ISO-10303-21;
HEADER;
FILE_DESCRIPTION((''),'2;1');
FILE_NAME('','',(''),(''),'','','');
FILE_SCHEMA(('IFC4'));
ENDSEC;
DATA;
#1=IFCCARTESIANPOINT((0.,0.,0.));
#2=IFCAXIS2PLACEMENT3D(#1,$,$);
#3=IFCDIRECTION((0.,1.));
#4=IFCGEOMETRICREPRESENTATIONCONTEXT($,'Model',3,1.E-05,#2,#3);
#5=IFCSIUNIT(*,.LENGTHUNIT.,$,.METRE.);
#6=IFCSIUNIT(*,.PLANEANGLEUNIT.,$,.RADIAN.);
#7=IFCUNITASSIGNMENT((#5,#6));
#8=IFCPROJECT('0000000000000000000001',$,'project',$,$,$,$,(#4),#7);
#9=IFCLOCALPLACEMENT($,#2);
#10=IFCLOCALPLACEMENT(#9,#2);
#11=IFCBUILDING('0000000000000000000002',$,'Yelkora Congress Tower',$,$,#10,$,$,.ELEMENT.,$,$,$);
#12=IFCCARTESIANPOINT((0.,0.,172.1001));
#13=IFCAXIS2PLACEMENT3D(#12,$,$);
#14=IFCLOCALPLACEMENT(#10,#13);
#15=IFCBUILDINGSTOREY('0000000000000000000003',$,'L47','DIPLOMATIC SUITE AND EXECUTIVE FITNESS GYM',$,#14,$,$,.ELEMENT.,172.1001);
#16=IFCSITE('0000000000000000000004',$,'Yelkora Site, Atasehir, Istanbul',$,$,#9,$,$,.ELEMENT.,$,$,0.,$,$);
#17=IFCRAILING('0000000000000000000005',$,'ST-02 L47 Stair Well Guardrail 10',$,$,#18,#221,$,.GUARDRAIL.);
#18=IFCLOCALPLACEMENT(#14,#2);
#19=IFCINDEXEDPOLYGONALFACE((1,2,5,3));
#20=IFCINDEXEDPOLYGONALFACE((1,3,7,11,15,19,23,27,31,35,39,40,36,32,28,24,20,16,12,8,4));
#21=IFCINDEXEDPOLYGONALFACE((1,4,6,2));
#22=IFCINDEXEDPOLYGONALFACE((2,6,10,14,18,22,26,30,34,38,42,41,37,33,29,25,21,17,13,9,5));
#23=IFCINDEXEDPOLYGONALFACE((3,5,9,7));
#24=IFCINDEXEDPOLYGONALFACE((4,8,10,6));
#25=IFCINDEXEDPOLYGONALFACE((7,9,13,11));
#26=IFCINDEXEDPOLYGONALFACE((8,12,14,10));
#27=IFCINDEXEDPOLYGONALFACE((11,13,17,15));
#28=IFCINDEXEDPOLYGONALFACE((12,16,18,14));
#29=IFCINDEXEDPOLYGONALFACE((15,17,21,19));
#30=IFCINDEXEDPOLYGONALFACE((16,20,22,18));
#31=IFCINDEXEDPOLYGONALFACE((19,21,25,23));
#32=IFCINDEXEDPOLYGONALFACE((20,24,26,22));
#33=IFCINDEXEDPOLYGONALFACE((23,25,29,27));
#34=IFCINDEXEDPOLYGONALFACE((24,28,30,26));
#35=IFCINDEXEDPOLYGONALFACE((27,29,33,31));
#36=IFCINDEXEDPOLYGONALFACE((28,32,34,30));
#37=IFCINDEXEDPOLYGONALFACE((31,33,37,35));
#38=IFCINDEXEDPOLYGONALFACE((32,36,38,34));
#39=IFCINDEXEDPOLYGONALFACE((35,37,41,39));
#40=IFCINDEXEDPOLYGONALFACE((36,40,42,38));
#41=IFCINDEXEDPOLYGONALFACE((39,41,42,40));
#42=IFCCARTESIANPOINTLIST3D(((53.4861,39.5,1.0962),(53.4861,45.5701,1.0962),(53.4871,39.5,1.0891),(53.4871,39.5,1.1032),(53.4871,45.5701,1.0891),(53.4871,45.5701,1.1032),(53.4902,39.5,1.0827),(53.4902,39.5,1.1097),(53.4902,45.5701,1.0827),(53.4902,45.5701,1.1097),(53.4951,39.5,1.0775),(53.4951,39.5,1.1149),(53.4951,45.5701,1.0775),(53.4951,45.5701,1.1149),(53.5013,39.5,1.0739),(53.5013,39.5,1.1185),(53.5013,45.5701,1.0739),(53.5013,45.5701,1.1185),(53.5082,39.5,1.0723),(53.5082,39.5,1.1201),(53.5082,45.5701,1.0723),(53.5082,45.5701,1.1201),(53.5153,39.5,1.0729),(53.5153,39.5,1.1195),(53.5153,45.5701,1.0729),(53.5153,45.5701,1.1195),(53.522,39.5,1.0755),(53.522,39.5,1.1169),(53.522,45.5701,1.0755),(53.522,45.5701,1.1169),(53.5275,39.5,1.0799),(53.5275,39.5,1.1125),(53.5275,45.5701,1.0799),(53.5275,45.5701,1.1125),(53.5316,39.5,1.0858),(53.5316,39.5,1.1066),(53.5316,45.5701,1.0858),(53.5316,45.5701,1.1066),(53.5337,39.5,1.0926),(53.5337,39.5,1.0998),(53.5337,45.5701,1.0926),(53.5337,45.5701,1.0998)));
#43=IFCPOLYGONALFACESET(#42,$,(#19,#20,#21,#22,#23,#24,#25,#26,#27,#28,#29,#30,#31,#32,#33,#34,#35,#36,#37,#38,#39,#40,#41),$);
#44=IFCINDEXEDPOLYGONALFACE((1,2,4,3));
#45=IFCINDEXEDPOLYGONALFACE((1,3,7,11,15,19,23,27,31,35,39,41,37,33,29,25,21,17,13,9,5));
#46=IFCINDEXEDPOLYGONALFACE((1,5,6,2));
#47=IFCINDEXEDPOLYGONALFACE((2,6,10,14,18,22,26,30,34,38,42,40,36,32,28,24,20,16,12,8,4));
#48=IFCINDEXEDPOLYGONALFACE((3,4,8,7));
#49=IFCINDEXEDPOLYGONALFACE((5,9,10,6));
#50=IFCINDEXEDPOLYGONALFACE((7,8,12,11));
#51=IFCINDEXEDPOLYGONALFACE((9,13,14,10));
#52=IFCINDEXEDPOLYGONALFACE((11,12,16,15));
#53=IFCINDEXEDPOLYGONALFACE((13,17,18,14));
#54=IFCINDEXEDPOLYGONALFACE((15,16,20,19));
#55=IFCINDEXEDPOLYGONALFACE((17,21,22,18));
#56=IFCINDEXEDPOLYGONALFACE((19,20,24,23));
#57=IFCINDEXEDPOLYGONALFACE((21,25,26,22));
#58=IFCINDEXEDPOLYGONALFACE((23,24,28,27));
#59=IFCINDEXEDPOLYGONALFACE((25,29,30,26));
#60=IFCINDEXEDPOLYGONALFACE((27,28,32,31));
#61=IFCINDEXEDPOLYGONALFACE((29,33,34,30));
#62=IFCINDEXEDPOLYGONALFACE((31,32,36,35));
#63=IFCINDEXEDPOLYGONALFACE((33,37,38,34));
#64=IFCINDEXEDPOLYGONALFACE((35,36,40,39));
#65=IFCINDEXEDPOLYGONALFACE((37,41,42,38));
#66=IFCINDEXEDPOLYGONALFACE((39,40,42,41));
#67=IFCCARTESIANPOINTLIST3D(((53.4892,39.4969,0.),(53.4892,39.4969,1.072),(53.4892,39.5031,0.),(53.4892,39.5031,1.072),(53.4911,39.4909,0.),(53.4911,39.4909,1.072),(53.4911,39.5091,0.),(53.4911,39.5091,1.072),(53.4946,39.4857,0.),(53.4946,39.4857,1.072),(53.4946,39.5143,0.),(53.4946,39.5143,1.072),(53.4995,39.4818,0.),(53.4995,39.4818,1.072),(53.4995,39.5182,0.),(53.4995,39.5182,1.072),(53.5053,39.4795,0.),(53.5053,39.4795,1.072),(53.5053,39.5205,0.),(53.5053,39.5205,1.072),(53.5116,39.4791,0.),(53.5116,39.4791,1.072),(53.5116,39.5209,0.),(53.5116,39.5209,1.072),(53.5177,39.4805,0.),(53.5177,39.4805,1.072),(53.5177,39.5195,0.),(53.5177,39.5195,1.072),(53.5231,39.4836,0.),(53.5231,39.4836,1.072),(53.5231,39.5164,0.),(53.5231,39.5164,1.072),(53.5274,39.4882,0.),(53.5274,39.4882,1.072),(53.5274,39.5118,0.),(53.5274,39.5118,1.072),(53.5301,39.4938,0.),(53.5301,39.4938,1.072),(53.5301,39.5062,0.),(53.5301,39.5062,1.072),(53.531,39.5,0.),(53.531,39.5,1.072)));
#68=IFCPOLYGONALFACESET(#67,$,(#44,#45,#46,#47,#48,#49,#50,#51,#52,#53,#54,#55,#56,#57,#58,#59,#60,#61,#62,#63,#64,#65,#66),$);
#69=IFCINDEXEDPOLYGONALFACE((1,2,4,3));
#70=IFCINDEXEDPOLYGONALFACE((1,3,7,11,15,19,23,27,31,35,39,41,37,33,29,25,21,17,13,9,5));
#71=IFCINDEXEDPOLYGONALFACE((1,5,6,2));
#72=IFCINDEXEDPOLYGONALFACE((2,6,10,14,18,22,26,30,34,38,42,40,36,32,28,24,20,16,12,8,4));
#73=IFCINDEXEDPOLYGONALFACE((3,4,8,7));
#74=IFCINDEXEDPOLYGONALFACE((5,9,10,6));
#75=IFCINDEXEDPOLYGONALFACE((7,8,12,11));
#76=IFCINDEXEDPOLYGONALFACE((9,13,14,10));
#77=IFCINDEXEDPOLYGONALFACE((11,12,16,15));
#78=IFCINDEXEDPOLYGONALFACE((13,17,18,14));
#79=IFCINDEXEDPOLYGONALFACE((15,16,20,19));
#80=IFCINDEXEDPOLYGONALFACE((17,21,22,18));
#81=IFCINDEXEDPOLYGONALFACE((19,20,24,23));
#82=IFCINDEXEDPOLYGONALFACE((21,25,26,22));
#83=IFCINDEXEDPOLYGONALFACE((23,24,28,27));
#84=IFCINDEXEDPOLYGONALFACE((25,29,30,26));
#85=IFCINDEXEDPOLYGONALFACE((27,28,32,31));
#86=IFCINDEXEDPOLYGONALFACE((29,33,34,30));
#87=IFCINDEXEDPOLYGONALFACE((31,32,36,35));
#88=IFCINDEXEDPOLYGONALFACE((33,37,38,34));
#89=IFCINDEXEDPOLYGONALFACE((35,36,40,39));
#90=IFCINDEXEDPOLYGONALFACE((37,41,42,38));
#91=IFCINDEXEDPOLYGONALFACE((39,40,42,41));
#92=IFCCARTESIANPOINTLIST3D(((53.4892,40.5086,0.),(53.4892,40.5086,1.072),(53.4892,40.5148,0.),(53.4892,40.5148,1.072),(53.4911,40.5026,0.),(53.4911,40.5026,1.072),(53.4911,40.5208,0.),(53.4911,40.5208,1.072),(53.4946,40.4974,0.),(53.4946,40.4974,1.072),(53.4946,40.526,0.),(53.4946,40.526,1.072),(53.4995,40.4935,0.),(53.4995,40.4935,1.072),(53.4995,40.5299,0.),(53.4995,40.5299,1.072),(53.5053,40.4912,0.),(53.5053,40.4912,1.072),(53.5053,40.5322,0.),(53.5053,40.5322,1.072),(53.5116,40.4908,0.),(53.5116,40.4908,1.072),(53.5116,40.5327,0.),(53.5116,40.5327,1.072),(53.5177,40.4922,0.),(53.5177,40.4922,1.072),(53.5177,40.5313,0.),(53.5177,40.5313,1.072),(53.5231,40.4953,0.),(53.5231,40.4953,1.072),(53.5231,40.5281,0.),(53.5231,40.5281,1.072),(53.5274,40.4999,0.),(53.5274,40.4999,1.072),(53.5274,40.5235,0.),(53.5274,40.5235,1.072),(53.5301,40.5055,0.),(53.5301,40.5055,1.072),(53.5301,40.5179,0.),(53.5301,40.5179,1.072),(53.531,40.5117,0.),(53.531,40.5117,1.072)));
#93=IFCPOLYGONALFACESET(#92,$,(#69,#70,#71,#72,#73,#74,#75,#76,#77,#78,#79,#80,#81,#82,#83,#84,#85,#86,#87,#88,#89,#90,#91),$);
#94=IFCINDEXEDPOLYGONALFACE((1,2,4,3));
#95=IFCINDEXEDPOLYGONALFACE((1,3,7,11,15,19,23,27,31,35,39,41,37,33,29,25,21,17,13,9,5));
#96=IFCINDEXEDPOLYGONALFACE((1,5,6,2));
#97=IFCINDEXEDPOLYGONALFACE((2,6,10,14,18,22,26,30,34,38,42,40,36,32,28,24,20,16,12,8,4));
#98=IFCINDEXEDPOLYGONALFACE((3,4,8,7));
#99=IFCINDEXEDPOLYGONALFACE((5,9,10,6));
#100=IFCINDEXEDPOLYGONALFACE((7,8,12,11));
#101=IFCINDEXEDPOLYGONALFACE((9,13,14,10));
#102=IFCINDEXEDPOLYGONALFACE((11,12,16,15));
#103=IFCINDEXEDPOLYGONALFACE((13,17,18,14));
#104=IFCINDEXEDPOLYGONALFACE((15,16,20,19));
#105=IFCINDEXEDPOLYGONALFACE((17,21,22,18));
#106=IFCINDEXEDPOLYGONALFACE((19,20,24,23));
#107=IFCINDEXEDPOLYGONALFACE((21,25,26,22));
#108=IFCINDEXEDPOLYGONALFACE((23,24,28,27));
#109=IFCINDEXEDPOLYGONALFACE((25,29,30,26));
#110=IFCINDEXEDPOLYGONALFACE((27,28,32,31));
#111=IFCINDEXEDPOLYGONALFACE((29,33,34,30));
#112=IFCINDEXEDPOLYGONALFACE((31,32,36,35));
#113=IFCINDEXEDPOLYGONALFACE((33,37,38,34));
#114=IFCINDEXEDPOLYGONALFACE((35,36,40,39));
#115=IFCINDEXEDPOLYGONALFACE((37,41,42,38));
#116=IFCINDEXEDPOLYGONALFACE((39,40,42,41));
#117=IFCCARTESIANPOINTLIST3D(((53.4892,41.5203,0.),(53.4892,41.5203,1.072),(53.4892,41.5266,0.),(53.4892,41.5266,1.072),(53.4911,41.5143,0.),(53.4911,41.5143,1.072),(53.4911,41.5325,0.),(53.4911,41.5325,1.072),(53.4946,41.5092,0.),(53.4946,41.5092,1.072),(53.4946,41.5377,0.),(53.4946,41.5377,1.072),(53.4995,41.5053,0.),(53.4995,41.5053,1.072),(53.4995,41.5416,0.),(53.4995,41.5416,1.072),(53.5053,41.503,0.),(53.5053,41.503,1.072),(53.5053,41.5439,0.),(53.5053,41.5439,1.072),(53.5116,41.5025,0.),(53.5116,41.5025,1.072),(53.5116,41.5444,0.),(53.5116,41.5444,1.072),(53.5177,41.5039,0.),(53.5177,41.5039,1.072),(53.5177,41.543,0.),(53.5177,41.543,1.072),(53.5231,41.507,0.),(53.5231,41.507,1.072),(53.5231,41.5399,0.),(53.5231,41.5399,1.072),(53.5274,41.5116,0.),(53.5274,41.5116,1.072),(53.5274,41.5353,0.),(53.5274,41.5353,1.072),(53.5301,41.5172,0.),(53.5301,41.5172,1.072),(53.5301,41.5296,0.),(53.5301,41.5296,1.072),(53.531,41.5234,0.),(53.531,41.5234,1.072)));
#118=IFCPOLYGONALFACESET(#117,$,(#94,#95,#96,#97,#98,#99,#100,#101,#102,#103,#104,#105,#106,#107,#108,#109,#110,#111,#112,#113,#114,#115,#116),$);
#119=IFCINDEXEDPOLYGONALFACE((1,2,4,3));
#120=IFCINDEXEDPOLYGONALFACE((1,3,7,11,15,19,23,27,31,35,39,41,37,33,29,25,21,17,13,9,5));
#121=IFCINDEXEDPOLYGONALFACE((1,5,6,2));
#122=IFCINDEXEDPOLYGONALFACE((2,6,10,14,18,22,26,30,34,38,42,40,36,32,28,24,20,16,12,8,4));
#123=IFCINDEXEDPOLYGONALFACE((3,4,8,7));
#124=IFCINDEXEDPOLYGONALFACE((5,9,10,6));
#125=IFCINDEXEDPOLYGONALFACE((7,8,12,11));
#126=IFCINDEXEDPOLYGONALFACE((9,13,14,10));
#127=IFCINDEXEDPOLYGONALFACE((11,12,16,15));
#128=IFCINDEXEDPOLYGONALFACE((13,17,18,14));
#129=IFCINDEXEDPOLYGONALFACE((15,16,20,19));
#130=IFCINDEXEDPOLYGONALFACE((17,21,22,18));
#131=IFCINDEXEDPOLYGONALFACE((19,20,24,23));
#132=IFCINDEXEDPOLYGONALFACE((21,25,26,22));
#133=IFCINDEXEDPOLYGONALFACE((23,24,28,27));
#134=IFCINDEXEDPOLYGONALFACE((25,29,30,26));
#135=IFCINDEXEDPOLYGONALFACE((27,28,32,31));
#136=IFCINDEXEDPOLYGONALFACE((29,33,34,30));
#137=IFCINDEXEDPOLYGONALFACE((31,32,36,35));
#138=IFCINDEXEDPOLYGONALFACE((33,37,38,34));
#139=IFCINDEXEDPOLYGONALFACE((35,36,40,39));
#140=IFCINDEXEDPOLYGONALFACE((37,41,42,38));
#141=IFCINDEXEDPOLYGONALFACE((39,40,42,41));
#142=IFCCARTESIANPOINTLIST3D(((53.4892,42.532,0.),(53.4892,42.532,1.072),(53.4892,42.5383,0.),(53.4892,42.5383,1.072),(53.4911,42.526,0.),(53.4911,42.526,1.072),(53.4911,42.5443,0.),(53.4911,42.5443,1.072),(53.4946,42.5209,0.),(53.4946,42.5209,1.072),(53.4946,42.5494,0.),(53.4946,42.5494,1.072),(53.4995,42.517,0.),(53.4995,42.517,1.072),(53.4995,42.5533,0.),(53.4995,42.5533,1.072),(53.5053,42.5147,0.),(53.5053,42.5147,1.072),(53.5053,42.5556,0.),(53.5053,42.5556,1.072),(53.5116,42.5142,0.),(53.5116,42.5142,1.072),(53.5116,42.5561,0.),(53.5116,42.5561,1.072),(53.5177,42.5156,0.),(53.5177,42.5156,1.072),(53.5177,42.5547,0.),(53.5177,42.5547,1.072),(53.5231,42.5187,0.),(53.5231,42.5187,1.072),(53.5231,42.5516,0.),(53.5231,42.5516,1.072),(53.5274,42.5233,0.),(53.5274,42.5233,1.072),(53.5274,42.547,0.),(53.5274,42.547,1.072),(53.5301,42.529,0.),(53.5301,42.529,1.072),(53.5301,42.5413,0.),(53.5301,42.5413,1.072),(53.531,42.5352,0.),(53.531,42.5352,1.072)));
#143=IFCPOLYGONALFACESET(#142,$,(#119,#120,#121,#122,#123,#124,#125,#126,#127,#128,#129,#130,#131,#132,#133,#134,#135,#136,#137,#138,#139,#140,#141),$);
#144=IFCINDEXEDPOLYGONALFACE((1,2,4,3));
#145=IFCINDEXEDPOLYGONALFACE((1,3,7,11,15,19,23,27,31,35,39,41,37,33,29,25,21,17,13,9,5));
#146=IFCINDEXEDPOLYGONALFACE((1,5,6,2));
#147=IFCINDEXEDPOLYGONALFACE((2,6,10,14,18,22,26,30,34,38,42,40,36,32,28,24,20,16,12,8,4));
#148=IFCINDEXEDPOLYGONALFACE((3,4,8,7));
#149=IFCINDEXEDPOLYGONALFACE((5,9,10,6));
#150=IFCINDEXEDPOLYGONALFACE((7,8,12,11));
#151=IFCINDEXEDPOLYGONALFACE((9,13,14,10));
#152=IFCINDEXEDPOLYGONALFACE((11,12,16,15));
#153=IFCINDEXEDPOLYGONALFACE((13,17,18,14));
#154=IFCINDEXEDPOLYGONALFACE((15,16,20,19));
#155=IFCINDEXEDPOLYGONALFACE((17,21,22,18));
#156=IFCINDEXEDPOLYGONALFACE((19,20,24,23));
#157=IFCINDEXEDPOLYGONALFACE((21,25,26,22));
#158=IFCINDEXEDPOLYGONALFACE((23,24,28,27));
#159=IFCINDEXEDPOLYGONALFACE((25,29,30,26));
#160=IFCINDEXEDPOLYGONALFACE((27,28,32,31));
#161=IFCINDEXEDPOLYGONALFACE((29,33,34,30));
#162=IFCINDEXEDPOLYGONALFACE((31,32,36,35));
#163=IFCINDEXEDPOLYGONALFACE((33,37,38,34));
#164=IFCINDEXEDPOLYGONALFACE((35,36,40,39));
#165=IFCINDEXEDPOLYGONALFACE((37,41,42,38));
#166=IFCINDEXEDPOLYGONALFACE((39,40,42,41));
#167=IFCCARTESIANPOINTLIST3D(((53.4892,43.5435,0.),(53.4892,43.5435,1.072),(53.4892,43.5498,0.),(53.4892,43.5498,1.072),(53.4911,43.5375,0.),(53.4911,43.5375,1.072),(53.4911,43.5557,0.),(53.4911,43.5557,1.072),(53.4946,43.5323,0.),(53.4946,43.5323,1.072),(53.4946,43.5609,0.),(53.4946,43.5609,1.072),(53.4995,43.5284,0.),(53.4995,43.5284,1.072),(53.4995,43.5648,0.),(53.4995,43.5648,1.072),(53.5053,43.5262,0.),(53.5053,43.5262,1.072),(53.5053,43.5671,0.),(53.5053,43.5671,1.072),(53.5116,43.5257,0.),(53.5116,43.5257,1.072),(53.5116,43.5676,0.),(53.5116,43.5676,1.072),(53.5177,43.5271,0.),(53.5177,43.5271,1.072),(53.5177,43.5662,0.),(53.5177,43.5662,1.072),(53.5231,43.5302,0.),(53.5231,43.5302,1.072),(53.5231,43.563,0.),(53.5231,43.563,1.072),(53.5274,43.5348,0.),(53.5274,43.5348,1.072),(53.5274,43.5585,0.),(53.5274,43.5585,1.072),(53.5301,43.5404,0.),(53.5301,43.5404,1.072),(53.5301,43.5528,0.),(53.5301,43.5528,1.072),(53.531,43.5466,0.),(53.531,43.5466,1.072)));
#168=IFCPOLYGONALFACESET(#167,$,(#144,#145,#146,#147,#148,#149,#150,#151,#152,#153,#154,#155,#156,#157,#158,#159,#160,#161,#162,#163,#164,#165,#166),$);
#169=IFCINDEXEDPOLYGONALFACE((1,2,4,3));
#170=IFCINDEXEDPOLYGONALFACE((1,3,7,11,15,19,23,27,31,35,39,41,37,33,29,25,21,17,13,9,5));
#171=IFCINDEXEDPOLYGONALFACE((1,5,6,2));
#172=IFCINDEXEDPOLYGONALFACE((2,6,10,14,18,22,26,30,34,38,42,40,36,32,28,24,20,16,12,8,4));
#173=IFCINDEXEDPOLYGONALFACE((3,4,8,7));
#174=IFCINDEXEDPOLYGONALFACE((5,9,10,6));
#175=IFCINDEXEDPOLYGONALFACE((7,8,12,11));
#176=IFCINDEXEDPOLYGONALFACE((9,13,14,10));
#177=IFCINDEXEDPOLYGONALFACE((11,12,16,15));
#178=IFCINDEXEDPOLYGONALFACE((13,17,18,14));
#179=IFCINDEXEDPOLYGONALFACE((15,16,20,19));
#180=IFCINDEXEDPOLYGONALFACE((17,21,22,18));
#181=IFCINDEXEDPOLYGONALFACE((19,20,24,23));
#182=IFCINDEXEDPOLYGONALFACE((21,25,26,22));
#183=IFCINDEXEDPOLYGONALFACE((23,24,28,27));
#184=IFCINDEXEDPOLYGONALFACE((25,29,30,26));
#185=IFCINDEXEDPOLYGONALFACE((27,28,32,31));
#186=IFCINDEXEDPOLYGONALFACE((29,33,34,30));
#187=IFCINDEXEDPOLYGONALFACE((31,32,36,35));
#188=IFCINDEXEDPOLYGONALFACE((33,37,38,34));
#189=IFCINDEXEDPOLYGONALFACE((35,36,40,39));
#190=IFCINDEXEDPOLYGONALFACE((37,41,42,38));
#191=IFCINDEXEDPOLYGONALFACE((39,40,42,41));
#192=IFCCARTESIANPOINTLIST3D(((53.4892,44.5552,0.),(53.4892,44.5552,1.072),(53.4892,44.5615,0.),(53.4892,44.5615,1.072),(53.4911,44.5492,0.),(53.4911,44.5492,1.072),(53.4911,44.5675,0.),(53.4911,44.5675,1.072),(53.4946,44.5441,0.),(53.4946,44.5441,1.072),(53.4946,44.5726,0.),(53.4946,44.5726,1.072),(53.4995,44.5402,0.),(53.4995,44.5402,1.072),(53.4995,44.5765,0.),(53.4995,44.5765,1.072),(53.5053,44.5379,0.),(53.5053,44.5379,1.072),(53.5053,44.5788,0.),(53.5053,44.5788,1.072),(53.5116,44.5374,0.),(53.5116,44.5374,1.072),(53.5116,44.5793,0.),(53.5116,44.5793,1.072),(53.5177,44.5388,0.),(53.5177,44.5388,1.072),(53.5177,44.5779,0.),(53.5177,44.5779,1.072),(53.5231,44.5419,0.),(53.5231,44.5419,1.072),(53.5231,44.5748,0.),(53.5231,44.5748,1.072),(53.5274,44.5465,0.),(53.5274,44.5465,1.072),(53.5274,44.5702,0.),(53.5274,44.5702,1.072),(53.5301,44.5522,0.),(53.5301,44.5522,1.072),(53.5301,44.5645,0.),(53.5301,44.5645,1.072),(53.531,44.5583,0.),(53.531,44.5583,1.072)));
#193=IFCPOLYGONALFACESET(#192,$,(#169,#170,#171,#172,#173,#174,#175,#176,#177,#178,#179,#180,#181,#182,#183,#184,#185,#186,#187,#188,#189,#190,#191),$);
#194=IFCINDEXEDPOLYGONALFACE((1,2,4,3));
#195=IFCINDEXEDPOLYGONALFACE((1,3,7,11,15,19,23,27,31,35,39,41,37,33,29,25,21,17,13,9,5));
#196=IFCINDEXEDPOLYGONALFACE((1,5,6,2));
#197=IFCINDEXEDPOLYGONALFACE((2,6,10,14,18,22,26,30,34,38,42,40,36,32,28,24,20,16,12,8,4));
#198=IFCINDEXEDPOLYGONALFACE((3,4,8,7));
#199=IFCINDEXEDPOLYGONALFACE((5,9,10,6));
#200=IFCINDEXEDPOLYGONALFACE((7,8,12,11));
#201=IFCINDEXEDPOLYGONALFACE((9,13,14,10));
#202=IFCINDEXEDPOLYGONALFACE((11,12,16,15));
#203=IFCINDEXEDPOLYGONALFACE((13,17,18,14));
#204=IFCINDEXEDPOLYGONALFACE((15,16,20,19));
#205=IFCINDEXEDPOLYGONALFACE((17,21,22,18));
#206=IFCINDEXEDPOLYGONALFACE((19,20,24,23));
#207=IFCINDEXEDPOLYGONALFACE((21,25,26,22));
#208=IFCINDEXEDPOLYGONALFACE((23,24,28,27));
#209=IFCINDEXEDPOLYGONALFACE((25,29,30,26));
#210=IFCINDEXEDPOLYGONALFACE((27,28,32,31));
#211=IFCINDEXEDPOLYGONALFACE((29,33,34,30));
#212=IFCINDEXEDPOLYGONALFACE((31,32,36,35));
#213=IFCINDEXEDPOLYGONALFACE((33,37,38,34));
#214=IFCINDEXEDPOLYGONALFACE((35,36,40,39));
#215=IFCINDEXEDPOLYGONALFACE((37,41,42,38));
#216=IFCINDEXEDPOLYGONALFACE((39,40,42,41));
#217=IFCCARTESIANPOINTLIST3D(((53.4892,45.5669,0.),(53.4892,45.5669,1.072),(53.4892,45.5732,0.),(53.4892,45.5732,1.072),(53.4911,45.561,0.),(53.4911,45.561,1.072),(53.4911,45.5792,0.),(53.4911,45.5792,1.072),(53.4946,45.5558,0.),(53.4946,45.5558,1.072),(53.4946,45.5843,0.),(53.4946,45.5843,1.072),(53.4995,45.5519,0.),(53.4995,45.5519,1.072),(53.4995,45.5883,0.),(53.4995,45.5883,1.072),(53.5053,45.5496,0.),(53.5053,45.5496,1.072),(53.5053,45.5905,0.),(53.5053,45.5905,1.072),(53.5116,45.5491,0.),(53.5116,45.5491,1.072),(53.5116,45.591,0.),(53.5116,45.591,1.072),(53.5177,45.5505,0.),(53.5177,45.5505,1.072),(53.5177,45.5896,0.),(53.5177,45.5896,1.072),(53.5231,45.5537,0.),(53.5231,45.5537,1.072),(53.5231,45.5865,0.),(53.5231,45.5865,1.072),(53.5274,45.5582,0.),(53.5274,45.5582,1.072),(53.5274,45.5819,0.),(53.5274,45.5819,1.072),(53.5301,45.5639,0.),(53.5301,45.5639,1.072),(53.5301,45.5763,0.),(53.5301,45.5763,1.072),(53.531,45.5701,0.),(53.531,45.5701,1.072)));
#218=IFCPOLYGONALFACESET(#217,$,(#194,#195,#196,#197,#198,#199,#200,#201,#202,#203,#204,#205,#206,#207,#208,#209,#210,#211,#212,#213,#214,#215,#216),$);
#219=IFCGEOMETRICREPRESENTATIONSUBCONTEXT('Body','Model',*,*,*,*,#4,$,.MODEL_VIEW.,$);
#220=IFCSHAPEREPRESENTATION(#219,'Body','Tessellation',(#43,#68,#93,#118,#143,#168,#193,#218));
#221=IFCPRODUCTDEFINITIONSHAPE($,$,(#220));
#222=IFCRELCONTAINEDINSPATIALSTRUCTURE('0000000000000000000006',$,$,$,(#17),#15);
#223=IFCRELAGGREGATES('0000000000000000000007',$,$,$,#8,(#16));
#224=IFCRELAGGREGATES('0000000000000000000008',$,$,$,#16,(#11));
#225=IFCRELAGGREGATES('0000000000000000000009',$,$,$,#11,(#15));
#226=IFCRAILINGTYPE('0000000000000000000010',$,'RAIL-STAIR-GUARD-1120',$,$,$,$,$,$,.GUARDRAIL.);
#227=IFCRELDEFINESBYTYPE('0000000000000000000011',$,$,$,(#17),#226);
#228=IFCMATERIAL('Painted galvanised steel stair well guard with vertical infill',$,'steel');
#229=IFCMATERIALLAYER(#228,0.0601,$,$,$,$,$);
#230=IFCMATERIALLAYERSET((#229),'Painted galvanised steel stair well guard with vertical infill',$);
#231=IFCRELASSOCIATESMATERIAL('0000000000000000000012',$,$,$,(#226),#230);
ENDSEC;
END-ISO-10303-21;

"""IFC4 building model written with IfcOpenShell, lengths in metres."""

from ifc_helpers import new_model, si_unit, direction, frame, origin, origin_2d, place, context, subcontext, project, spatial, circle, extrude, material, layer, layer_set, type_object, element, save


model = new_model("IFC4")

# Units and contexts
model_context = context("Model", 3, precision=1e-05, world=origin(), true_north=direction((0.0, 1.0)))
body_context = subcontext(model_context, "Body", "Model", "MODEL_VIEW")
ifc_project = project(units=[si_unit("LENGTHUNIT", "METRE"), si_unit("PLANEANGLEUNIT", "RADIAN")], contexts=[model_context])

# Site, building, storey
site_placement = place(None, origin())
site = spatial("IfcSite", under=ifc_project, at=site_placement, Name="Yelkora Site, Atasehir, Istanbul", CompositionType="ELEMENT", RefElevation=0.0)
building_placement = place(site_placement, origin())
building = spatial("IfcBuilding", under=site, at=building_placement, Name="Yelkora Congress Tower", CompositionType="ELEMENT")
storey_placement = place(building_placement, frame((0.0, 0.0, 172.1001)))
storey = spatial("IfcBuildingStorey", under=building, at=storey_placement, Name="L47", Description="DIPLOMATIC SUITE AND EXECUTIVE FITNESS GYM", CompositionType="ELEMENT", Elevation=172.1001)

# Railing
ifc_material_1 = material(Name="Painted galvanised steel stair well guard with vertical infill", Category="steel")
ifc_layer_1 = layer(ifc_material_1, 0.0601)
ifc_layer_set_1 = layer_set([ifc_layer_1], Name="Painted galvanised steel stair well guard with vertical infill")
railing_type_1 = type_object("IfcRailingType", Name="RAIL-STAIR-GUARD-1120", PredefinedType="GUARDRAIL", material=ifc_layer_set_1)
railing_1_placement = place(storey_placement, frame((53.51, 39.5, 0.0)))
element("IfcRailing", 1, at=railing_1_placement, inside=storey, type_object=railing_type_1, Name="ST-02 L47 Stair Well Guardrail 10", PredefinedType="GUARDRAIL", context=body_context, shape_type="SweptSolid", body=[
    extrude(circle(Radius=0.0239, at=origin_2d()), frame((0.0, 0.0, 1.0962), z_axis=(0.0, 1.0, 0.0), x_axis=(-1.0, 0.0, 0.0)), (0.0, 0.0, 1.0), 6.0701),
    extrude(circle(Radius=0.021, at=origin_2d()), origin(), (0.0, 0.0, 1.0), 1.072),
    extrude(circle(Radius=0.021, at=origin_2d()), frame((0.0, 1.0117, 0.0)), (0.0, 0.0, 1.0), 1.072),
    extrude(circle(Radius=0.021, at=origin_2d()), frame((0.0, 2.0234, 0.0)), (0.0, 0.0, 1.0), 1.072),
    extrude(circle(Radius=0.021, at=origin_2d()), frame((0.0, 3.0352, 0.0)), (0.0, 0.0, 1.0), 1.072),
    extrude(circle(Radius=0.021, at=origin_2d()), frame((0.0, 4.0466, 0.0)), (0.0, 0.0, 1.0), 1.072),
    extrude(circle(Radius=0.021, at=origin_2d()), frame((0.0, 5.0583, 0.0)), (0.0, 0.0, 1.0), 1.072),
    extrude(circle(Radius=0.021, at=origin_2d()), frame((0.0, 6.0701, 0.0)), (0.0, 0.0, 1.0), 1.072),
])

save(model, "model.ifc")
